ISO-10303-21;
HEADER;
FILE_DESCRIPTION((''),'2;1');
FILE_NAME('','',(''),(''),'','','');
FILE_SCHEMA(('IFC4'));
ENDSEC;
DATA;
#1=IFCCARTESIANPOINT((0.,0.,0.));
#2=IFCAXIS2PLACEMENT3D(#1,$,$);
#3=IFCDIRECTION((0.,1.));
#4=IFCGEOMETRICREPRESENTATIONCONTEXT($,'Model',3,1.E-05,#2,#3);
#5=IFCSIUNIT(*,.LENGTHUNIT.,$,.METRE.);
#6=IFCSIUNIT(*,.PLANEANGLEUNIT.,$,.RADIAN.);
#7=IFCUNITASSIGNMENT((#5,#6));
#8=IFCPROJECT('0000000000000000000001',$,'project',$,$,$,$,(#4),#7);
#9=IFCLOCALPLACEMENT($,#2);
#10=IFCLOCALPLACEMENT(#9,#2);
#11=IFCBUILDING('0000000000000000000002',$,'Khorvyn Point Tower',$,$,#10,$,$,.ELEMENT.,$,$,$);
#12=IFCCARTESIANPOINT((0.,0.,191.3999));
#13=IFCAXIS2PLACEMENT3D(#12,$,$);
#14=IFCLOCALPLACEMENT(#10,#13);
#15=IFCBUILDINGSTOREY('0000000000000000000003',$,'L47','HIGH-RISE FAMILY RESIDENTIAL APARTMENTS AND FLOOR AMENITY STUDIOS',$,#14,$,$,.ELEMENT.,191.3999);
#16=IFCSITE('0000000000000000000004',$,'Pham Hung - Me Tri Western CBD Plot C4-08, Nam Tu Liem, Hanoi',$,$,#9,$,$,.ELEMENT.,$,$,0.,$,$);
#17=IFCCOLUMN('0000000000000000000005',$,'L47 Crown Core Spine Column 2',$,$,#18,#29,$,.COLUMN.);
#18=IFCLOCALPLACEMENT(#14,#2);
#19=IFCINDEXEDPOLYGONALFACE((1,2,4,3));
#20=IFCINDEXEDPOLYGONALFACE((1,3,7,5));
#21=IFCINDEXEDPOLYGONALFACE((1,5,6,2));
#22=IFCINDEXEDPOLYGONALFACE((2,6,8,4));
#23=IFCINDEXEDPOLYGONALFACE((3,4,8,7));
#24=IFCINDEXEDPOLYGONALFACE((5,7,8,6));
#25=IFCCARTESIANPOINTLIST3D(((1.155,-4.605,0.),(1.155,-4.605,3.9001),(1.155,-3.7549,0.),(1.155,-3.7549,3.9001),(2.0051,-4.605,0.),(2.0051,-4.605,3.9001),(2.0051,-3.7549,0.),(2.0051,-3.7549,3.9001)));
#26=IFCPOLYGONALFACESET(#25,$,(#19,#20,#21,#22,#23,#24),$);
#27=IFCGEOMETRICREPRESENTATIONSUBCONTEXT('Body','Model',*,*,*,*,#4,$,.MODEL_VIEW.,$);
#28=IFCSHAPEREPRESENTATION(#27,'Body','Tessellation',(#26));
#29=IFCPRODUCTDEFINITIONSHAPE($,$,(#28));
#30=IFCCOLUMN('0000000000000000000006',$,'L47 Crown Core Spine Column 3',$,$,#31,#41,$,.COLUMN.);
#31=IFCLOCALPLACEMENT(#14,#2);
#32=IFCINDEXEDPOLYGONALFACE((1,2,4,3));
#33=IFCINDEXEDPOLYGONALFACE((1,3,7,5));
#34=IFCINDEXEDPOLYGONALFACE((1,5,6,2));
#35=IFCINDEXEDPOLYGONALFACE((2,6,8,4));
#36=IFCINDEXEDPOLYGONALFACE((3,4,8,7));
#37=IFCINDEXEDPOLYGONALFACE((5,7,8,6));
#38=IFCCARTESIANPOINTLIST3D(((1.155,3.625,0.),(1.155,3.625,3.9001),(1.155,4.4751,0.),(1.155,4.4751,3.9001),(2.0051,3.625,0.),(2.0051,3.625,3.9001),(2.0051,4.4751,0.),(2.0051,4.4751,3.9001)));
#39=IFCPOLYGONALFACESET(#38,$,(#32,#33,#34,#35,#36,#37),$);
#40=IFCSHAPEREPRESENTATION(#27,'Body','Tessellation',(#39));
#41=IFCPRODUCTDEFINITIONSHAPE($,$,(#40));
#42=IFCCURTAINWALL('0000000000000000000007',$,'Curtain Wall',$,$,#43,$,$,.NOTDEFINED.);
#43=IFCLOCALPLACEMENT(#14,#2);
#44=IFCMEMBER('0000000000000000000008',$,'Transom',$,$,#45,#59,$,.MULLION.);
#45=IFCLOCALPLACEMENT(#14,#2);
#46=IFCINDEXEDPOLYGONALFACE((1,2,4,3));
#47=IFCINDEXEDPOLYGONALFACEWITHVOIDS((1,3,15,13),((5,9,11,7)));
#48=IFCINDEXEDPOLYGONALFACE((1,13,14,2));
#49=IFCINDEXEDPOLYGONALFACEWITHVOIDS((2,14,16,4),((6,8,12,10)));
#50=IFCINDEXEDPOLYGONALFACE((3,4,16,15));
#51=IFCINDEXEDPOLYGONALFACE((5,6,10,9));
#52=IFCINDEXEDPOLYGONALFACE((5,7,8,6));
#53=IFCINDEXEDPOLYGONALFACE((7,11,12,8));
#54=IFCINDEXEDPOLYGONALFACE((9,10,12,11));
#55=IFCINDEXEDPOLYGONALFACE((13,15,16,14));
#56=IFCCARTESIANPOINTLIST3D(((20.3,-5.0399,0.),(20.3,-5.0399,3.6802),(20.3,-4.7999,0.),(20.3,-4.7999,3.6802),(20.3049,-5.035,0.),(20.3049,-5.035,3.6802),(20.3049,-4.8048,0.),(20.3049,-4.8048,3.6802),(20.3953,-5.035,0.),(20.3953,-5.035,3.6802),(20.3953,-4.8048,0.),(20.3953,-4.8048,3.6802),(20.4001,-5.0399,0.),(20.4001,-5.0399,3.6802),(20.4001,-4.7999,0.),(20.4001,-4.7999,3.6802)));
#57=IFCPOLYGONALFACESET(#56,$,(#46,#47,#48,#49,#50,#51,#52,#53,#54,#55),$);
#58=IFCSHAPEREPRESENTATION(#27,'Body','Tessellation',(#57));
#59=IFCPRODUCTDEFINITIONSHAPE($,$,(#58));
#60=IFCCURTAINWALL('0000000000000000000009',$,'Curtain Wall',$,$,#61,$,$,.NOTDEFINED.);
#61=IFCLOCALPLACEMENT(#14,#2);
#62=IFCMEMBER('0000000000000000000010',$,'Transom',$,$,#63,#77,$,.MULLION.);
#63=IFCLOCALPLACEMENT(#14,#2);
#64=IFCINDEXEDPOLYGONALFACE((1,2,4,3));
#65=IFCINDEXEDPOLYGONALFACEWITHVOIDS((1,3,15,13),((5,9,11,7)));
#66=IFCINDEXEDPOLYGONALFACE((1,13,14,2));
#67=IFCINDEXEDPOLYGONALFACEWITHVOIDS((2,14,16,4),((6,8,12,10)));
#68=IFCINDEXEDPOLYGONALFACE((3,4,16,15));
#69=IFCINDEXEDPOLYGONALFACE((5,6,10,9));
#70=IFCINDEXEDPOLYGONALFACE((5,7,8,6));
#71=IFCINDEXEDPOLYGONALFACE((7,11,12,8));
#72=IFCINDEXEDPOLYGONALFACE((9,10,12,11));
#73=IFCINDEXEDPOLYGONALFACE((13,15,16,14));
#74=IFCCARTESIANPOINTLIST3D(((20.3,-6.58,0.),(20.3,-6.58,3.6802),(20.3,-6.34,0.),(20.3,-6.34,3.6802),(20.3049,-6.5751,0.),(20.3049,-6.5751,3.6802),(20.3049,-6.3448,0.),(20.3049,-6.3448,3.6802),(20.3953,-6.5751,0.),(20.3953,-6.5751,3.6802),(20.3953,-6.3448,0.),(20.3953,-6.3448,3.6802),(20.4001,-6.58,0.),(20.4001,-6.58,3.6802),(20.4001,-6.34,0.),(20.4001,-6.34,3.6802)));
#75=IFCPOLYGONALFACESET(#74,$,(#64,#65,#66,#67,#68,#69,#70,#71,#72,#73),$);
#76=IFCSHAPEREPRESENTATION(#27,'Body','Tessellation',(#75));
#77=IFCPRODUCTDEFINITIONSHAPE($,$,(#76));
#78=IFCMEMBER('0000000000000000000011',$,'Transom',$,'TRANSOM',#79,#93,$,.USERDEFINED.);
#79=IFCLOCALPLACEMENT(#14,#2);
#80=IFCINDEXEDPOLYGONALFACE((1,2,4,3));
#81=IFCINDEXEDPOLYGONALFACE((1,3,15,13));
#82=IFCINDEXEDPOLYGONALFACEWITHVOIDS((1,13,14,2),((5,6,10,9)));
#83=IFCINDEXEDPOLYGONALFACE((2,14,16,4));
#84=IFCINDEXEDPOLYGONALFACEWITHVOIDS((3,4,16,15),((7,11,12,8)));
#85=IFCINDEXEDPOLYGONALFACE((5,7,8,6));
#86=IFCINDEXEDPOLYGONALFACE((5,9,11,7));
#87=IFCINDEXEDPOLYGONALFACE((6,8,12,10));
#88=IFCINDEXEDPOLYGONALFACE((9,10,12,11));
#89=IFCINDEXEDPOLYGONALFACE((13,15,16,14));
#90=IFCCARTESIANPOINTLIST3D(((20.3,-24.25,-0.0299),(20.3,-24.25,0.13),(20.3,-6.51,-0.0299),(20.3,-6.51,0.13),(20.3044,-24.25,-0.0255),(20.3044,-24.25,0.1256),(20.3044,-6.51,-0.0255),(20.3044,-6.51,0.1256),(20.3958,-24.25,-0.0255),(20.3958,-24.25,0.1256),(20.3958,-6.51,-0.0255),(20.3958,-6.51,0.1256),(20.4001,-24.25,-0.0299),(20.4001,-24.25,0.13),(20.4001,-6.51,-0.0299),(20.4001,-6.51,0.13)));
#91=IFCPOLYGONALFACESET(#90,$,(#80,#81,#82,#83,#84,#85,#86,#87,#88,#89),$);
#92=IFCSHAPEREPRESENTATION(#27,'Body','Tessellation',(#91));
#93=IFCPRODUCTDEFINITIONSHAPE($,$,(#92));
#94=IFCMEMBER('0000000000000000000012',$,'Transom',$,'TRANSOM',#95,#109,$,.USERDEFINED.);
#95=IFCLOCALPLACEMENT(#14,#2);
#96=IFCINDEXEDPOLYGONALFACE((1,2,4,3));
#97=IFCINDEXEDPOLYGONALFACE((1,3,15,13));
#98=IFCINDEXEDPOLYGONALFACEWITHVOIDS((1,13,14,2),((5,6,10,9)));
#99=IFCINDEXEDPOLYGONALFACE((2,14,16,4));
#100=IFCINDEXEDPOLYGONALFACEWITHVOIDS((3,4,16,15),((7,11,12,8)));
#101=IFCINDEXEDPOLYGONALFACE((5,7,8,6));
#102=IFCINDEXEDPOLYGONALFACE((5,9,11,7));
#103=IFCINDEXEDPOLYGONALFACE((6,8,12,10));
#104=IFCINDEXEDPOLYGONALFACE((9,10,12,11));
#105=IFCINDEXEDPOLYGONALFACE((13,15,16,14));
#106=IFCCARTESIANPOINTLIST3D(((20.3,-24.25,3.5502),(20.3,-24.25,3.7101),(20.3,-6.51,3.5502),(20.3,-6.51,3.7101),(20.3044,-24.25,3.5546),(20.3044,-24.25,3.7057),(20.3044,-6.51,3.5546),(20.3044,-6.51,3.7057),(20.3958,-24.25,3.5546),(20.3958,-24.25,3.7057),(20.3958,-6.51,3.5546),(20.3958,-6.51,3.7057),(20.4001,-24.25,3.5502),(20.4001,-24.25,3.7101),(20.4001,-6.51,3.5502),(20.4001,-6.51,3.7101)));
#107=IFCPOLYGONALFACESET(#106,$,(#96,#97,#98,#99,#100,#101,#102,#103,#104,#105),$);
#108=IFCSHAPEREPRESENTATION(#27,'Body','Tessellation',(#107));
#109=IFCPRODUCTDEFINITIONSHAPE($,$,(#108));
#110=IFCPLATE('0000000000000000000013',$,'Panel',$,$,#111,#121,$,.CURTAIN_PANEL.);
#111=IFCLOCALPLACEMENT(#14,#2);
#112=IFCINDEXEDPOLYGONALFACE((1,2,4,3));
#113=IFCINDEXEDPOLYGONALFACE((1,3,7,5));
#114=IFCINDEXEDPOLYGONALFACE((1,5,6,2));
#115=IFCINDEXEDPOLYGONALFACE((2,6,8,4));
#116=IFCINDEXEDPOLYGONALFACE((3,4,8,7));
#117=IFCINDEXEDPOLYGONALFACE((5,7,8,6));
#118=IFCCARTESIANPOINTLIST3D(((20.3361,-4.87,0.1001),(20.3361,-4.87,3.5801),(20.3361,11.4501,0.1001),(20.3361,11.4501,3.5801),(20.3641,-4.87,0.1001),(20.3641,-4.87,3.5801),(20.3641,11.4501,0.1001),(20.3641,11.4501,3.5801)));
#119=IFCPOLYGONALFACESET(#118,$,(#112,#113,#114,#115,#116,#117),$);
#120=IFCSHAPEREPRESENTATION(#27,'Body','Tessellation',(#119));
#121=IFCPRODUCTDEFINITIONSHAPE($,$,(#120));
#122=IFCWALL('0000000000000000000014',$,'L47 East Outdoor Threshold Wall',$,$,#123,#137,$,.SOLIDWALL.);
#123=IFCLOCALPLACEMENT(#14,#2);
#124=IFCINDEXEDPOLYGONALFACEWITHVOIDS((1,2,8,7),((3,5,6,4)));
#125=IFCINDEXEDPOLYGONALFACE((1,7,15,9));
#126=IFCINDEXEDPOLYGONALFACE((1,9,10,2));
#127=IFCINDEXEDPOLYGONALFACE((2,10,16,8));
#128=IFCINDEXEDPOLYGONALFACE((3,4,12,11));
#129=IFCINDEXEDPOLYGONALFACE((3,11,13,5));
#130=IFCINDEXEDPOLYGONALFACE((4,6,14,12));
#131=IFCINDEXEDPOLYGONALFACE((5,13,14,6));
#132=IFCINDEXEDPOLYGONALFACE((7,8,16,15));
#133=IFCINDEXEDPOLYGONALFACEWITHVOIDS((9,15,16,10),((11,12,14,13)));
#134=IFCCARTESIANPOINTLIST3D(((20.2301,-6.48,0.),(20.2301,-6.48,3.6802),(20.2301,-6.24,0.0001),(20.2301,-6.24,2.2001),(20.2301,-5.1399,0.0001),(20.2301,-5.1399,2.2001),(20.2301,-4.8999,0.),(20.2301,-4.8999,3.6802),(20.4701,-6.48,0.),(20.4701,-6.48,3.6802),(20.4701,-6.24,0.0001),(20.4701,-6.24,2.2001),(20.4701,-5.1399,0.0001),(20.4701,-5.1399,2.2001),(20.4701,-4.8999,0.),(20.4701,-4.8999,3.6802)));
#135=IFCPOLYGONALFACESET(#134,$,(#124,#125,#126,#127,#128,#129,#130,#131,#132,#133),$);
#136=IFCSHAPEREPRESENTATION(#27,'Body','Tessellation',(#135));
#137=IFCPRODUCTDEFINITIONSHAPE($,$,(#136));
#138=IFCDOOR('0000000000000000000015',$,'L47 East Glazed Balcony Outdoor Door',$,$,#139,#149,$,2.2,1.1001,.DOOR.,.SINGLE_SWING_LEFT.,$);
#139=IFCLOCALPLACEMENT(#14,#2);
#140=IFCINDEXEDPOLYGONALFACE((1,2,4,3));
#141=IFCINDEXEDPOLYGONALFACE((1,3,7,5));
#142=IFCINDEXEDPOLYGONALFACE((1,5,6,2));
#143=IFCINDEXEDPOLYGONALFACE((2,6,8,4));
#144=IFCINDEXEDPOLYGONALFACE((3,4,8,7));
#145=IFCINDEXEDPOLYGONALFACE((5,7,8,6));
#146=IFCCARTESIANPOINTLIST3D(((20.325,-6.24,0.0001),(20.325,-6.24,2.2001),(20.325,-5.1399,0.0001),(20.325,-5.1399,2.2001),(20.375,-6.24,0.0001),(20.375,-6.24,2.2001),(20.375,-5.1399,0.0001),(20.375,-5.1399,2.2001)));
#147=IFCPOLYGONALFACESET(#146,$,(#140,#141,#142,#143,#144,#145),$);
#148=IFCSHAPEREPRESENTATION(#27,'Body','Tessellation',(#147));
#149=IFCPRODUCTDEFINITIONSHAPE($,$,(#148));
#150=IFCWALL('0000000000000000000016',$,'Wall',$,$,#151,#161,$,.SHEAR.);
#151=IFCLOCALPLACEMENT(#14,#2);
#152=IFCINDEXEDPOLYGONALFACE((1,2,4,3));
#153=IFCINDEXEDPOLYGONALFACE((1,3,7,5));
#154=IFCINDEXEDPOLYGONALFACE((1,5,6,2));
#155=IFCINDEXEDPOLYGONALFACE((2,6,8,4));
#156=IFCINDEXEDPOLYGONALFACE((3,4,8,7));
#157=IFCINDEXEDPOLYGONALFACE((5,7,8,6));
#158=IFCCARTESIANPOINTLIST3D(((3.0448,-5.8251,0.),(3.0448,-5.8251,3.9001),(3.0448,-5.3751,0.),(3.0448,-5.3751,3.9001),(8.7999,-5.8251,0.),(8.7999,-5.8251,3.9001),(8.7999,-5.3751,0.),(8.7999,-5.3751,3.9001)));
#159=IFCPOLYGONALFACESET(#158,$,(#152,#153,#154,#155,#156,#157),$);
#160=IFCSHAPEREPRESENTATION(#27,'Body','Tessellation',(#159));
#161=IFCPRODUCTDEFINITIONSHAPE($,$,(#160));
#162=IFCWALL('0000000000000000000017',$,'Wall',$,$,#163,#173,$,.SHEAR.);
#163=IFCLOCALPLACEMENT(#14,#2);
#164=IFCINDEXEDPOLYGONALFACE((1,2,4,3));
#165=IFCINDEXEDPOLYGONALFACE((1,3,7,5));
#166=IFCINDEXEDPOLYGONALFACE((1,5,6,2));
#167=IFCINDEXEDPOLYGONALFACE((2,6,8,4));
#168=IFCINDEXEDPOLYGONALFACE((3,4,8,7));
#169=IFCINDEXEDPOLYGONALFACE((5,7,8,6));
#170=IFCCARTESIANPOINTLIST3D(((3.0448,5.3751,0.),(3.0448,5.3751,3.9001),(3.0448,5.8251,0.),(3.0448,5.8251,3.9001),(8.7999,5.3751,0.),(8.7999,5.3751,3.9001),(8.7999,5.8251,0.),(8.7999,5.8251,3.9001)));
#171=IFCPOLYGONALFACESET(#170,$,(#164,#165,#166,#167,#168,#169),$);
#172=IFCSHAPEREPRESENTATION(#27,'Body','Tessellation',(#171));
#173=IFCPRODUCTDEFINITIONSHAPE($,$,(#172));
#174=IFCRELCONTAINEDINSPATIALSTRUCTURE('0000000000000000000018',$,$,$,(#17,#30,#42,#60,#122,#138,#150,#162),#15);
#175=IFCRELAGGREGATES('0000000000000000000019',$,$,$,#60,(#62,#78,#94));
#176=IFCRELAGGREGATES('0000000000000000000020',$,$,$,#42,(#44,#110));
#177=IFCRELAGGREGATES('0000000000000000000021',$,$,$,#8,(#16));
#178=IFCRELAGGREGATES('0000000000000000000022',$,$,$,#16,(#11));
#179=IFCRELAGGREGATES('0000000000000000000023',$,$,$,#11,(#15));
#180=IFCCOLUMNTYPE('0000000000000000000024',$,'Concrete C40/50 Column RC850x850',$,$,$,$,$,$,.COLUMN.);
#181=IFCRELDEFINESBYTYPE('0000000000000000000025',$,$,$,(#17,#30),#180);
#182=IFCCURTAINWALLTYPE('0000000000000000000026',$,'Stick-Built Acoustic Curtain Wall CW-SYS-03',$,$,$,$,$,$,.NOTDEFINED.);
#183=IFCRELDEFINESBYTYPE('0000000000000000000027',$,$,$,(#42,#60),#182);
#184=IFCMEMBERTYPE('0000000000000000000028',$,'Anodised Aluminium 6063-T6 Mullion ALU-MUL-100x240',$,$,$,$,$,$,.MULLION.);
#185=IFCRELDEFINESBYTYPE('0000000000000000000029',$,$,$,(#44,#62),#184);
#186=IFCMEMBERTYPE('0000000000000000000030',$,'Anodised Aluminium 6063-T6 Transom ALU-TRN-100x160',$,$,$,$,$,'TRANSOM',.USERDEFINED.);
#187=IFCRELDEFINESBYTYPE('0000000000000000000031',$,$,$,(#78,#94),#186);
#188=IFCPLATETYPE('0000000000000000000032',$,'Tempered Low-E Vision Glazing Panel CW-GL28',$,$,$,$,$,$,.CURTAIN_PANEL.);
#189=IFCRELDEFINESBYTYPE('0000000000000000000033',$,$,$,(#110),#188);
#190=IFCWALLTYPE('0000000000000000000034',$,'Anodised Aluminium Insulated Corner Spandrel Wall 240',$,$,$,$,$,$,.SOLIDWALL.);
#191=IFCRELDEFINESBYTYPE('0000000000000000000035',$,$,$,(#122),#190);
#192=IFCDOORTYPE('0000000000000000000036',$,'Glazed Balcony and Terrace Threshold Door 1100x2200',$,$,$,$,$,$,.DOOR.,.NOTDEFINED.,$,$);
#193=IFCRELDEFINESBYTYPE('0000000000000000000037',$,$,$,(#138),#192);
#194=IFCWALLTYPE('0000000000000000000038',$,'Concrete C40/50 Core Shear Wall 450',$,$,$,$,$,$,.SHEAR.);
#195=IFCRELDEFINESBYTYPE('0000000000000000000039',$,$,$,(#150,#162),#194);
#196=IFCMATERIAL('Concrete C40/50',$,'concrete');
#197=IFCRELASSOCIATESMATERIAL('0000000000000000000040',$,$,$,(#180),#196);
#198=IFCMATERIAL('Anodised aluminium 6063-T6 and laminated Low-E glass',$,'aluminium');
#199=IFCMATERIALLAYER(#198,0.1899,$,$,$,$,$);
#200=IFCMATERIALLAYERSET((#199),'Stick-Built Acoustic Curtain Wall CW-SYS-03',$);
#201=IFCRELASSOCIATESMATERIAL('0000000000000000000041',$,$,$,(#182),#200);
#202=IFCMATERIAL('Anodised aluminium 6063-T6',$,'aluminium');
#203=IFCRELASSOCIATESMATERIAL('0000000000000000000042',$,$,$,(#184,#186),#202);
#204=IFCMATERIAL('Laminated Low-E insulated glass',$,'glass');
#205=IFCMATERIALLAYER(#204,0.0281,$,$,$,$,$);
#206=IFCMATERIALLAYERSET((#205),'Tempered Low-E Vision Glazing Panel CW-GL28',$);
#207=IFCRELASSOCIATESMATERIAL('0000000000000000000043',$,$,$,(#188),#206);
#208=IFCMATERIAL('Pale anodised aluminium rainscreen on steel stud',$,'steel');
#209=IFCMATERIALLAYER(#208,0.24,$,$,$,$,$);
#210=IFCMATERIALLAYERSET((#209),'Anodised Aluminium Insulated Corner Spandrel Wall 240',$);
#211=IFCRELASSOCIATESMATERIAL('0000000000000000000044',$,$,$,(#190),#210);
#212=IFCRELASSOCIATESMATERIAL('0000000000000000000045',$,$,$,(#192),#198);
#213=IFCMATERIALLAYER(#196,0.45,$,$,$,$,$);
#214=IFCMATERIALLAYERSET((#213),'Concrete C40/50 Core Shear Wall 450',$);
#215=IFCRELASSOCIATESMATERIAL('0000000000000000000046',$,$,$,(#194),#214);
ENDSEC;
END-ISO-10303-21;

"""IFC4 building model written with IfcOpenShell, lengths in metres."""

from ifc_helpers import new_model, si_unit, direction, frame, frame_2d, origin, origin_2d, place, context, subcontext, project, spatial, rectangle, hollow_rectangle, extrude, material, layer, layer_set, material_profile, profile_set, type_object, element, fill, aggregate, save


model = new_model("IFC4")

# Units and contexts
model_context = context("Model", 3, precision=1e-05, world=origin(), true_north=direction((0.0, 1.0)))
body_context = subcontext(model_context, "Body", "Model", "MODEL_VIEW")
ifc_project = project(units=[si_unit("LENGTHUNIT", "METRE"), si_unit("PLANEANGLEUNIT", "RADIAN")], contexts=[model_context])

# Site, building, storey
site_placement = place(None, origin())
site = spatial("IfcSite", under=ifc_project, at=site_placement, Name="Pham Hung - Me Tri Western CBD Plot C4-08, Nam Tu Liem, Hanoi", CompositionType="ELEMENT", RefElevation=0.0)
building_placement = place(site_placement, origin())
building = spatial("IfcBuilding", under=site, at=building_placement, Name="Khorvyn Point Tower", CompositionType="ELEMENT")
storey_placement = place(building_placement, frame((0.0, 0.0, 191.3999)))
storey = spatial("IfcBuildingStorey", under=building, at=storey_placement, Name="L47", Description="HIGH-RISE FAMILY RESIDENTIAL APARTMENTS AND FLOOR AMENITY STUDIOS", CompositionType="ELEMENT", Elevation=191.3999)

# Columns
ifc_material_1 = material(Name="Concrete C40/50", Category="concrete")
ifc_material_profile_1 = material_profile(ifc_material_1, rectangle(XDim=0.8501, YDim=0.8501, at=origin_2d()))
ifc_profile_set_1 = profile_set([ifc_material_profile_1], Name="Concrete C40/50 RC850x850")
column_type = type_object("IfcColumnType", Name="Concrete C40/50 Column RC850x850", PredefinedType="COLUMN", material=ifc_profile_set_1)
for number, where, z_axis, x_axis, name in (
    (1, (1.5801, -4.1799, 0.0), (0.0, 0.0, 1.0), (1.0, 0.0, 0.0), "L47 Crown Core Spine Column 2"),
    (2, (1.5801, 4.05, 0.0), (0.0, 0.0, 1.0), (1.0, 0.0, 0.0), "L47 Crown Core Spine Column 3"),
):
    element("IfcColumn", number, at=place(storey_placement, frame(where, z_axis=z_axis, x_axis=x_axis)), inside=storey, type_object=column_type, Name=name, PredefinedType="COLUMN", context=body_context, shape_type="SweptSolid", body=[
        extrude(rectangle(XDim=0.8501, YDim=0.8501, at=origin_2d()), origin(), (0.0, 0.0, 1.0), 3.9001),
    ])

# Curtain wall, member
ifc_material_2 = material(Name="Anodised aluminium 6063-T6 and laminated Low-E glass", Category="aluminium")
ifc_layer_1 = layer(ifc_material_2, 0.1899)
ifc_layer_set_1 = layer_set([ifc_layer_1], Name="Stick-Built Acoustic Curtain Wall CW-SYS-03")
curtain_wall_type = type_object("IfcCurtainWallType", Name="Stick-Built Acoustic Curtain Wall CW-SYS-03", PredefinedType="NOTDEFINED", material=ifc_layer_set_1)
curtain_wall_1_placement = place(storey_placement, origin())
curtain_wall_1 = element("IfcCurtainWall", 3, at=curtain_wall_1_placement, inside=storey, type_object=curtain_wall_type, Name="Curtain Wall", PredefinedType="NOTDEFINED")
ifc_material_3 = material(Name="Anodised aluminium 6063-T6", Category="aluminium")
ifc_material_profile_2 = material_profile(ifc_material_3, hollow_rectangle(XDim=0.1001, YDim=0.24, WallThickness=0.0049, at=origin_2d()))
ifc_profile_set_2 = profile_set([ifc_material_profile_2], Name="Anodised aluminium 6063-T6 ALU-MUL-100x240")
member_type_1 = type_object("IfcMemberType", Name="Anodised Aluminium 6063-T6 Mullion ALU-MUL-100x240", PredefinedType="MULLION", material=ifc_profile_set_2)
member_1_placement = place(storey_placement, frame((20.3501, -4.9199, 0.0), z_axis=(0.0, 0.0, 1.0), x_axis=(1.0, 0.0, 0.0)))
member_1 = element("IfcMember", 4, at=member_1_placement, type_object=member_type_1, Name="Transom", PredefinedType="MULLION", context=body_context, shape_type="SweptSolid", body=[
    extrude(hollow_rectangle(XDim=0.1001, YDim=0.24, WallThickness=0.0049, at=origin_2d()), origin(), (0.0, 0.0, 1.0), 3.6802),
])

# Curtain wall, members
curtain_wall_2_placement = place(storey_placement, origin())
curtain_wall_2 = element("IfcCurtainWall", 5, at=curtain_wall_2_placement, inside=storey, type_object=curtain_wall_type, Name="Curtain Wall", PredefinedType="NOTDEFINED")
member_2_placement = place(storey_placement, frame((20.3501, -6.46, 0.0), z_axis=(0.0, 0.0, 1.0), x_axis=(1.0, 0.0, 0.0)))
member_2 = element("IfcMember", 6, at=member_2_placement, type_object=member_type_1, Name="Transom", PredefinedType="MULLION", context=body_context, shape_type="SweptSolid", body=[
    extrude(hollow_rectangle(XDim=0.1001, YDim=0.24, WallThickness=0.0049, at=origin_2d()), origin(), (0.0, 0.0, 1.0), 3.6802),
])
ifc_material_profile_3 = material_profile(ifc_material_3, hollow_rectangle(XDim=0.1001, YDim=0.1599, WallThickness=0.0044, at=origin_2d()))
ifc_profile_set_3 = profile_set([ifc_material_profile_3], Name="Anodised aluminium 6063-T6 ALU-TRN-100x160")
member_type_2 = type_object("IfcMemberType", Name="Anodised Aluminium 6063-T6 Transom ALU-TRN-100x160", ElementType="TRANSOM", PredefinedType="USERDEFINED", material=ifc_profile_set_3)
member_3_placement = place(storey_placement, frame((20.3501, -6.51, 0.05), z_axis=(0.0, -1.0, 0.0), x_axis=(1.0, 0.0, 0.0)))
member_3 = element("IfcMember", 7, at=member_3_placement, type_object=member_type_2, Name="Transom", ObjectType="TRANSOM", PredefinedType="USERDEFINED", context=body_context, shape_type="SweptSolid", body=[
    extrude(hollow_rectangle(XDim=0.1001, YDim=0.1599, WallThickness=0.0044, at=origin_2d()), origin(), (0.0, 0.0, 1.0), 17.74),
])
member_4_placement = place(storey_placement, frame((20.3501, -6.51, 3.6301), z_axis=(0.0, -1.0, 0.0), x_axis=(1.0, 0.0, 0.0)))
member_4 = element("IfcMember", 8, at=member_4_placement, type_object=member_type_2, Name="Transom", ObjectType="TRANSOM", PredefinedType="USERDEFINED", context=body_context, shape_type="SweptSolid", body=[
    extrude(hollow_rectangle(XDim=0.1001, YDim=0.1599, WallThickness=0.0044, at=origin_2d()), origin(), (0.0, 0.0, 1.0), 17.74),
])
aggregate(curtain_wall_2, [member_2, member_3, member_4])

# Plate
ifc_material_4 = material(Name="Laminated Low-E insulated glass", Category="glass")
ifc_layer_2 = layer(ifc_material_4, 0.0281)
ifc_layer_set_2 = layer_set([ifc_layer_2], Name="Tempered Low-E Vision Glazing Panel CW-GL28")
plate_type = type_object("IfcPlateType", Name="Tempered Low-E Vision Glazing Panel CW-GL28", PredefinedType="CURTAIN_PANEL", material=ifc_layer_set_2)
plate_placement = place(storey_placement, frame((20.3501, 3.29, 0.1001), z_axis=(0.0, 0.0, 1.0), x_axis=(0.0, -1.0, 0.0)))
plate = element("IfcPlate", 9, at=plate_placement, type_object=plate_type, Name="Panel", PredefinedType="CURTAIN_PANEL", context=body_context, shape_type="SweptSolid", body=[
    extrude(rectangle(XDim=16.3201, YDim=0.0281, at=origin_2d()), origin(), (0.0, 0.0, 1.0), 3.48),
])
aggregate(curtain_wall_1, [member_1, plate])

# Wall, opening, door
ifc_material_5 = material(Name="Pale anodised aluminium rainscreen on steel stud", Category="steel")
ifc_layer_3 = layer(ifc_material_5, 0.24)
ifc_layer_set_3 = layer_set([ifc_layer_3], Name="Anodised Aluminium Insulated Corner Spandrel Wall 240")
wall_type_1 = type_object("IfcWallType", Name="Anodised Aluminium Insulated Corner Spandrel Wall 240", PredefinedType="SOLIDWALL", material=ifc_layer_set_3)
wall_1_placement = place(storey_placement, frame((20.3501, -4.8999, 0.0), z_axis=(0.0, 0.0, 1.0), x_axis=(0.0, -1.0, 0.0)))
wall_1 = element("IfcWall", 10, at=wall_1_placement, inside=storey, type_object=wall_type_1, Name="L47 East Outdoor Threshold Wall", PredefinedType="SOLIDWALL", context=body_context, shape_type="SweptSolid", body=[
    extrude(rectangle(XDim=1.5801, YDim=0.24, at=frame_2d((0.79, 0.0))), origin(), (0.0, 0.0, 1.0), 3.6802),
])
opening_1_placement = place(wall_1_placement, frame((0.24, 0.0, 0.0)))
opening_1 = element("IfcOpeningElement", 11, at=opening_1_placement, cuts=wall_1, PredefinedType="OPENING", context=body_context, shape_type="SweptSolid", body=[
    extrude(rectangle(XDim=1.1001, YDim=2.2, at=frame_2d((0.55, 1.1001))), frame((0.0, 0.1299, 0.0), z_axis=(0.0, -1.0, 0.0), x_axis=(1.0, 0.0, 0.0)), (0.0, 0.0, 1.0), 0.26),
])
door_type_1 = type_object("IfcDoorType", Name="Glazed Balcony and Terrace Threshold Door 1100x2200", OperationType="NOTDEFINED", PredefinedType="DOOR", material=ifc_material_2)
door_1_placement = place(opening_1_placement, origin())
door_1 = element("IfcDoor", 12, at=door_1_placement, inside=storey, type_object=door_type_1, Name="L47 East Glazed Balcony Outdoor Door", OperationType="SINGLE_SWING_LEFT", OverallHeight=2.2, OverallWidth=1.1001, PredefinedType="DOOR", context=body_context, shape_type="SweptSolid", body=[
    extrude(rectangle(XDim=1.1001, YDim=2.2, at=frame_2d((0.55, 1.1001))), frame((0.0, 0.0249, 0.0), z_axis=(0.0, -1.0, 0.0), x_axis=(1.0, 0.0, 0.0)), (0.0, 0.0, 1.0), 0.05),
])
fill(opening_1, door_1)

# Walls
ifc_layer_4 = layer(ifc_material_1, 0.45)
ifc_layer_set_4 = layer_set([ifc_layer_4], Name="Concrete C40/50 Core Shear Wall 450")
wall_type_2 = type_object("IfcWallType", Name="Concrete C40/50 Core Shear Wall 450", PredefinedType="SHEAR", material=ifc_layer_set_4)
for number, where, z_axis, x_axis, name in (
    (13, (3.0449, -5.6001, 0.0), (0.0, 0.0, 1.0), (1.0, 0.0, 0.0), "Wall"),
    (14, (3.0449, 5.6001, 0.0), (0.0, 0.0, 1.0), (1.0, 0.0, 0.0), "Wall"),
):
    element("IfcWall", number, at=place(storey_placement, frame(where, z_axis=z_axis, x_axis=x_axis)), inside=storey, type_object=wall_type_2, Name=name, PredefinedType="SHEAR", context=body_context, shape_type="SweptSolid", body=[
        extrude(rectangle(XDim=5.7551, YDim=0.45, at=frame_2d((2.8774, 0.0))), origin(), (0.0, 0.0, 1.0), 3.9001),
    ])

save(model, "model.ifc")
